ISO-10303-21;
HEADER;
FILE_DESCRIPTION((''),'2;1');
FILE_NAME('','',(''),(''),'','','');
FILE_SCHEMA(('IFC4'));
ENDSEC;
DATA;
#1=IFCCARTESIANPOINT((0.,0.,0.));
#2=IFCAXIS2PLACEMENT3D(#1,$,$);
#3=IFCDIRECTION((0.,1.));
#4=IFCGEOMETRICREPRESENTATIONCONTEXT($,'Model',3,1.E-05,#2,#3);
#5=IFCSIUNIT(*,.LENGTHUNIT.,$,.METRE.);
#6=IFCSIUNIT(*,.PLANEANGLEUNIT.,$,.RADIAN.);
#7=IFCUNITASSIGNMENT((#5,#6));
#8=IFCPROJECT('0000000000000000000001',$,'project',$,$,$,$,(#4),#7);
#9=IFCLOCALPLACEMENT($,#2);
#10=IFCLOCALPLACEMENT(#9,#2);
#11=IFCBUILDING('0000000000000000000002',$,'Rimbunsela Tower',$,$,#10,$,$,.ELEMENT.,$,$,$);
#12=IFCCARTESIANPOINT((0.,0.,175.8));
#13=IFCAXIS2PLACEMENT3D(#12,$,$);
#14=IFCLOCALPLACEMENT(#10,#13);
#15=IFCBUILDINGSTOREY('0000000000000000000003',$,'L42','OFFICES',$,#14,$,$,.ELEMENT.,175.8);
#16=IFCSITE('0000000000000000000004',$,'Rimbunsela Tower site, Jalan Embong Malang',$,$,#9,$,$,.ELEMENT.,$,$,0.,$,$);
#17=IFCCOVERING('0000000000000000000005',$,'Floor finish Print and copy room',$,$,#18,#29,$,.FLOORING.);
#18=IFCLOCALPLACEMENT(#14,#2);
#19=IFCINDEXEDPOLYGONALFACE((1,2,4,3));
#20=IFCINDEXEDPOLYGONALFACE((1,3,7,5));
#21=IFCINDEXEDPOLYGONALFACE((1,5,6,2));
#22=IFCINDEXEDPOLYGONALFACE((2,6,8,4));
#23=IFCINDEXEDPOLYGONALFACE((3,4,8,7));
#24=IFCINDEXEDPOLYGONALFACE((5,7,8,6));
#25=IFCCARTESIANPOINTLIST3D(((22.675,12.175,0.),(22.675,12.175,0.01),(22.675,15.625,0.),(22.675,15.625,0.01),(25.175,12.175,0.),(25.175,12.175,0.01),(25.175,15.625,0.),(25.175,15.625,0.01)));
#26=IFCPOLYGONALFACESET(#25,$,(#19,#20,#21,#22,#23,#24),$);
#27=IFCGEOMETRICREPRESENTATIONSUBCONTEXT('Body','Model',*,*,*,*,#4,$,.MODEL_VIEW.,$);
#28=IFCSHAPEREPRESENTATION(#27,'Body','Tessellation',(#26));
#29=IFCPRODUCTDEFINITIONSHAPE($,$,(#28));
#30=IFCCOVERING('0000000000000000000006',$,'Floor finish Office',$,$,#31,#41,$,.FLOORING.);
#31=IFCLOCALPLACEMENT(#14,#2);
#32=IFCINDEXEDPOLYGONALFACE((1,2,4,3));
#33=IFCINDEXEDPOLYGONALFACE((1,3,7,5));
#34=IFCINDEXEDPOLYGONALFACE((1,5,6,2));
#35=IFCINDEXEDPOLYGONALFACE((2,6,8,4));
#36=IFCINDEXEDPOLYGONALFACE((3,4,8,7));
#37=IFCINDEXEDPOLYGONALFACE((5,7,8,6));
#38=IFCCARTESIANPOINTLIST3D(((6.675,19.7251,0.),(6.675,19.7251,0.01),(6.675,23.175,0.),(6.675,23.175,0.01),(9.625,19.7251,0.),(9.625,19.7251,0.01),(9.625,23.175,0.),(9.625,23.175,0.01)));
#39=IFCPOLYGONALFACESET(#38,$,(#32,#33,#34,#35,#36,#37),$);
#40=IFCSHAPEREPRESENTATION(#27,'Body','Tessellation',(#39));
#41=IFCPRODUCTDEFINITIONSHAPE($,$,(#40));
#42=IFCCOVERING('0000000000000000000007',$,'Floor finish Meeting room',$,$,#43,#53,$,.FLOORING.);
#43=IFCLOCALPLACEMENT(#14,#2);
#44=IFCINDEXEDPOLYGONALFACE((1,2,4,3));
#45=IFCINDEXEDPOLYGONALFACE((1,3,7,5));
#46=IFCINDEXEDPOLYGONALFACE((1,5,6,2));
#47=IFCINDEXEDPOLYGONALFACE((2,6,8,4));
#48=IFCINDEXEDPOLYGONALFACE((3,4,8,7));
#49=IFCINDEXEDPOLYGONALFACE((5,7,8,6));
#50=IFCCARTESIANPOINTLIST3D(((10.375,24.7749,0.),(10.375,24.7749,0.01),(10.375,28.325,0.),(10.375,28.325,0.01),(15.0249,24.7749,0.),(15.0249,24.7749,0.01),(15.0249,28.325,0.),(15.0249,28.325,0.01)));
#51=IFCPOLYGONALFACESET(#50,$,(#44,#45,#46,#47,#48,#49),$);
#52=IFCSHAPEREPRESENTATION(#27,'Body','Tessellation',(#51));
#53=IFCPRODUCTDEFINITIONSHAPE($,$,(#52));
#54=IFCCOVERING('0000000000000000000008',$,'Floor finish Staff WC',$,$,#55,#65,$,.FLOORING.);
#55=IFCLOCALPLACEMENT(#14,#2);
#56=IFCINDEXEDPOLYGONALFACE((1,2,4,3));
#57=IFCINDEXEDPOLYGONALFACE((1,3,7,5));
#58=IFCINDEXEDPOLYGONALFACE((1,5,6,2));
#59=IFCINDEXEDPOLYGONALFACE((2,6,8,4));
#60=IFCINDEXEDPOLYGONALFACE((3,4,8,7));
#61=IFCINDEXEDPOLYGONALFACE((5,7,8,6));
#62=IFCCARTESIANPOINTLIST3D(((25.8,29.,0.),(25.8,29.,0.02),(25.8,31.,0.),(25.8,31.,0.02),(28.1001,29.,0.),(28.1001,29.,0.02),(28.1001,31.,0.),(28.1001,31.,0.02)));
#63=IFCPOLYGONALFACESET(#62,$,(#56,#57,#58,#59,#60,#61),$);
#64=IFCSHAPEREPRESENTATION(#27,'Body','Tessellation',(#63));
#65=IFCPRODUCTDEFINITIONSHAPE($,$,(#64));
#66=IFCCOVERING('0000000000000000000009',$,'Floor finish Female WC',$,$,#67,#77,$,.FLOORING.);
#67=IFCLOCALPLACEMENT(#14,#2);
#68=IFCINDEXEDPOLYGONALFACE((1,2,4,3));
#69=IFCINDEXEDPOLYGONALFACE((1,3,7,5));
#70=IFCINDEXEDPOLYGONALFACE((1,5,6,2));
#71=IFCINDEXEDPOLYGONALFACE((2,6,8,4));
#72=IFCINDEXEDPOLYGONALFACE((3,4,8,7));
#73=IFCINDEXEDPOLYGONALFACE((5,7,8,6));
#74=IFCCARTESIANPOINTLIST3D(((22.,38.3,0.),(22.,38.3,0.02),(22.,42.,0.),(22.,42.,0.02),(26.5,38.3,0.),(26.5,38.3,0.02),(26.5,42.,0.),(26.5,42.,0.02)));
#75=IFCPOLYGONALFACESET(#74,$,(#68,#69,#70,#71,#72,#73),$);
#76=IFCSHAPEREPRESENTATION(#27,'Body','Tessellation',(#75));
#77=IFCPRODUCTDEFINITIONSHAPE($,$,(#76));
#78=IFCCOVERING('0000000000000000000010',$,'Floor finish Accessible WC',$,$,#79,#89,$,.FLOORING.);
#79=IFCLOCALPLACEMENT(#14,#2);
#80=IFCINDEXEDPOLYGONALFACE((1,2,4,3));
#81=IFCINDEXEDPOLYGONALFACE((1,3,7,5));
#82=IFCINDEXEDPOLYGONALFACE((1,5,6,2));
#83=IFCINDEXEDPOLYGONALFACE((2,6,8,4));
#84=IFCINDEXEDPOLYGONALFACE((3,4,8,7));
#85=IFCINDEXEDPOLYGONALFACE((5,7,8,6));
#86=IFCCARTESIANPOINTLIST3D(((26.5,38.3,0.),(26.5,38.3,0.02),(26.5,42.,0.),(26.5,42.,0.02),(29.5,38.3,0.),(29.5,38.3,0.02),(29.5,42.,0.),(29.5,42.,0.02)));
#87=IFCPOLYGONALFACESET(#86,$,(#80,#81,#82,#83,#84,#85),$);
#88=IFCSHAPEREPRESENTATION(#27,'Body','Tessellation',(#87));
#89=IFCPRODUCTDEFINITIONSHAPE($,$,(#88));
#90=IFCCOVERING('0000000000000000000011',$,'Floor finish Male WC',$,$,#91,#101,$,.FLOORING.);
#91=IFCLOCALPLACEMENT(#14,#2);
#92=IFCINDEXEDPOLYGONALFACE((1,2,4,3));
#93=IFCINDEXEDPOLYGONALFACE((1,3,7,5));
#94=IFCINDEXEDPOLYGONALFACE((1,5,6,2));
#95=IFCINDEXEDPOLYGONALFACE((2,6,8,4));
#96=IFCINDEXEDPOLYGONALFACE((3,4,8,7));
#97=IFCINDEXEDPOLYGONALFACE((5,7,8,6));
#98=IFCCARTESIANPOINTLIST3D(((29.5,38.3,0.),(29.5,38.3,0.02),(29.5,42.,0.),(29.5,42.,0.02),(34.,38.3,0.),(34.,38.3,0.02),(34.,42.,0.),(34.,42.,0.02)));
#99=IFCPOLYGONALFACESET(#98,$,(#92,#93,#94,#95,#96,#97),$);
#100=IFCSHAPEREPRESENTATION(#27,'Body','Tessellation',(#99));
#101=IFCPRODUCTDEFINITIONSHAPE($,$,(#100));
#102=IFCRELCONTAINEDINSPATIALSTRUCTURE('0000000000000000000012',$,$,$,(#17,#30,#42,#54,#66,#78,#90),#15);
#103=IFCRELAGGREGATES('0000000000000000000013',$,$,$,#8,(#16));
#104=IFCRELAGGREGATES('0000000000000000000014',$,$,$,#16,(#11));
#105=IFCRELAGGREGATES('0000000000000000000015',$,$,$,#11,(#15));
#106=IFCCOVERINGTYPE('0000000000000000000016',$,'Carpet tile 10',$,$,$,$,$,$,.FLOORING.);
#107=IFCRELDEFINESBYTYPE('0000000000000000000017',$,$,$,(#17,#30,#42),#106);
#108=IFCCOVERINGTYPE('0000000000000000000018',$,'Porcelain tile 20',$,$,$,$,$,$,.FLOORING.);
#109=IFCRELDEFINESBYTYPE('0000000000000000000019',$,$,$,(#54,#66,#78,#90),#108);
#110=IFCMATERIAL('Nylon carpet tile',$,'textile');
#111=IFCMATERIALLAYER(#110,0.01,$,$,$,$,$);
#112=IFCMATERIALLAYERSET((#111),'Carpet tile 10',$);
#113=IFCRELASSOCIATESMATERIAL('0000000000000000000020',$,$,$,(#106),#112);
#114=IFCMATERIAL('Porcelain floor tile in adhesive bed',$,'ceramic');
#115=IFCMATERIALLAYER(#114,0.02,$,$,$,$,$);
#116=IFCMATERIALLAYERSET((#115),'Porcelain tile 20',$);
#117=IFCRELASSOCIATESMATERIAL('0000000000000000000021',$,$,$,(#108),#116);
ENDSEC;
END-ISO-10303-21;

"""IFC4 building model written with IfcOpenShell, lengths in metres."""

from ifc_helpers import new_model, si_unit, direction, frame, origin, place, context, subcontext, project, spatial, polyline, outline, extrude, material, layer, layer_set, type_object, element, save


model = new_model("IFC4")

# Units and contexts
model_context = context("Model", 3, precision=1e-05, world=origin(), true_north=direction((0.0, 1.0)))
body_context = subcontext(model_context, "Body", "Model", "MODEL_VIEW")
ifc_project = project(units=[si_unit("LENGTHUNIT", "METRE"), si_unit("PLANEANGLEUNIT", "RADIAN")], contexts=[model_context])

# Site, building, storey
site_placement = place(None, origin())
site = spatial("IfcSite", under=ifc_project, at=site_placement, Name="Rimbunsela Tower site, Jalan Embong Malang", CompositionType="ELEMENT", RefElevation=0.0)
building_placement = place(site_placement, origin())
building = spatial("IfcBuilding", under=site, at=building_placement, Name="Rimbunsela Tower", CompositionType="ELEMENT")
storey_placement = place(building_placement, frame((0.0, 0.0, 175.8)))
storey = spatial("IfcBuildingStorey", under=building, at=storey_placement, Name="L42", Description="OFFICES", CompositionType="ELEMENT", Elevation=175.8)

# Coverings
ifc_material_1 = material(Name="Nylon carpet tile", Category="textile")
ifc_layer_1 = layer(ifc_material_1, 0.01)
ifc_layer_set_1 = layer_set([ifc_layer_1], Name="Carpet tile 10")
covering_type_1 = type_object("IfcCoveringType", Name="Carpet tile 10", PredefinedType="FLOORING", material=ifc_layer_set_1)
covering_1_placement = place(storey_placement, origin())
element("IfcCovering", 1, at=covering_1_placement, inside=storey, type_object=covering_type_1, Name="Floor finish Print and copy room", PredefinedType="FLOORING", context=body_context, shape_type="SweptSolid", body=[
    extrude(outline(polyline([(25.175, 12.175), (25.175, 15.625), (22.675, 15.625), (22.675, 12.175), (25.175, 12.175)])), origin(), (0.0, 0.0, 1.0), 0.01),
])
covering_2_placement = place(storey_placement, origin())
element("IfcCovering", 2, at=covering_2_placement, inside=storey, type_object=covering_type_1, Name="Floor finish Office", PredefinedType="FLOORING", context=body_context, shape_type="SweptSolid", body=[
    extrude(outline(polyline([(9.625, 19.7251), (9.625, 23.175), (6.675, 23.175), (6.675, 19.7251), (9.625, 19.7251)])), origin(), (0.0, 0.0, 1.0), 0.01),
])
covering_3_placement = place(storey_placement, origin())
element("IfcCovering", 3, at=covering_3_placement, inside=storey, type_object=covering_type_1, Name="Floor finish Meeting room", PredefinedType="FLOORING", context=body_context, shape_type="SweptSolid", body=[
    extrude(outline(polyline([(15.0249, 24.7749), (15.0249, 28.325), (10.375, 28.325), (10.375, 24.7749), (15.0249, 24.7749)])), origin(), (0.0, 0.0, 1.0), 0.01),
])
ifc_material_2 = material(Name="Porcelain floor tile in adhesive bed", Category="ceramic")
ifc_layer_2 = layer(ifc_material_2, 0.02)
ifc_layer_set_2 = layer_set([ifc_layer_2], Name="Porcelain tile 20")
covering_type_2 = type_object("IfcCoveringType", Name="Porcelain tile 20", PredefinedType="FLOORING", material=ifc_layer_set_2)
covering_4_placement = place(storey_placement, origin())
element("IfcCovering", 4, at=covering_4_placement, inside=storey, type_object=covering_type_2, Name="Floor finish Staff WC", PredefinedType="FLOORING", context=body_context, shape_type="SweptSolid", body=[
    extrude(outline(polyline([(28.1001, 29.0), (28.1001, 31.0), (25.8, 31.0), (25.8, 29.0), (28.1001, 29.0)])), origin(), (0.0, 0.0, 1.0), 0.02),
])
covering_5_placement = place(storey_placement, origin())
element("IfcCovering", 5, at=covering_5_placement, inside=storey, type_object=covering_type_2, Name="Floor finish Female WC", PredefinedType="FLOORING", context=body_context, shape_type="SweptSolid", body=[
    extrude(outline(polyline([(26.5, 38.3), (26.5, 42.0), (22.0, 42.0), (22.0, 38.3), (26.5, 38.3)])), origin(), (0.0, 0.0, 1.0), 0.02),
])
covering_6_placement = place(storey_placement, origin())
element("IfcCovering", 6, at=covering_6_placement, inside=storey, type_object=covering_type_2, Name="Floor finish Accessible WC", PredefinedType="FLOORING", context=body_context, shape_type="SweptSolid", body=[
    extrude(outline(polyline([(29.5, 38.3), (29.5, 42.0), (26.5, 42.0), (26.5, 38.3), (29.5, 38.3)])), origin(), (0.0, 0.0, 1.0), 0.02),
])
covering_7_placement = place(storey_placement, origin())
element("IfcCovering", 7, at=covering_7_placement, inside=storey, type_object=covering_type_2, Name="Floor finish Male WC", PredefinedType="FLOORING", context=body_context, shape_type="SweptSolid", body=[
    extrude(outline(polyline([(34.0, 38.3), (34.0, 42.0), (29.5, 42.0), (29.5, 38.3), (34.0, 38.3)])), origin(), (0.0, 0.0, 1.0), 0.02),
])

save(model, "model.ifc")
